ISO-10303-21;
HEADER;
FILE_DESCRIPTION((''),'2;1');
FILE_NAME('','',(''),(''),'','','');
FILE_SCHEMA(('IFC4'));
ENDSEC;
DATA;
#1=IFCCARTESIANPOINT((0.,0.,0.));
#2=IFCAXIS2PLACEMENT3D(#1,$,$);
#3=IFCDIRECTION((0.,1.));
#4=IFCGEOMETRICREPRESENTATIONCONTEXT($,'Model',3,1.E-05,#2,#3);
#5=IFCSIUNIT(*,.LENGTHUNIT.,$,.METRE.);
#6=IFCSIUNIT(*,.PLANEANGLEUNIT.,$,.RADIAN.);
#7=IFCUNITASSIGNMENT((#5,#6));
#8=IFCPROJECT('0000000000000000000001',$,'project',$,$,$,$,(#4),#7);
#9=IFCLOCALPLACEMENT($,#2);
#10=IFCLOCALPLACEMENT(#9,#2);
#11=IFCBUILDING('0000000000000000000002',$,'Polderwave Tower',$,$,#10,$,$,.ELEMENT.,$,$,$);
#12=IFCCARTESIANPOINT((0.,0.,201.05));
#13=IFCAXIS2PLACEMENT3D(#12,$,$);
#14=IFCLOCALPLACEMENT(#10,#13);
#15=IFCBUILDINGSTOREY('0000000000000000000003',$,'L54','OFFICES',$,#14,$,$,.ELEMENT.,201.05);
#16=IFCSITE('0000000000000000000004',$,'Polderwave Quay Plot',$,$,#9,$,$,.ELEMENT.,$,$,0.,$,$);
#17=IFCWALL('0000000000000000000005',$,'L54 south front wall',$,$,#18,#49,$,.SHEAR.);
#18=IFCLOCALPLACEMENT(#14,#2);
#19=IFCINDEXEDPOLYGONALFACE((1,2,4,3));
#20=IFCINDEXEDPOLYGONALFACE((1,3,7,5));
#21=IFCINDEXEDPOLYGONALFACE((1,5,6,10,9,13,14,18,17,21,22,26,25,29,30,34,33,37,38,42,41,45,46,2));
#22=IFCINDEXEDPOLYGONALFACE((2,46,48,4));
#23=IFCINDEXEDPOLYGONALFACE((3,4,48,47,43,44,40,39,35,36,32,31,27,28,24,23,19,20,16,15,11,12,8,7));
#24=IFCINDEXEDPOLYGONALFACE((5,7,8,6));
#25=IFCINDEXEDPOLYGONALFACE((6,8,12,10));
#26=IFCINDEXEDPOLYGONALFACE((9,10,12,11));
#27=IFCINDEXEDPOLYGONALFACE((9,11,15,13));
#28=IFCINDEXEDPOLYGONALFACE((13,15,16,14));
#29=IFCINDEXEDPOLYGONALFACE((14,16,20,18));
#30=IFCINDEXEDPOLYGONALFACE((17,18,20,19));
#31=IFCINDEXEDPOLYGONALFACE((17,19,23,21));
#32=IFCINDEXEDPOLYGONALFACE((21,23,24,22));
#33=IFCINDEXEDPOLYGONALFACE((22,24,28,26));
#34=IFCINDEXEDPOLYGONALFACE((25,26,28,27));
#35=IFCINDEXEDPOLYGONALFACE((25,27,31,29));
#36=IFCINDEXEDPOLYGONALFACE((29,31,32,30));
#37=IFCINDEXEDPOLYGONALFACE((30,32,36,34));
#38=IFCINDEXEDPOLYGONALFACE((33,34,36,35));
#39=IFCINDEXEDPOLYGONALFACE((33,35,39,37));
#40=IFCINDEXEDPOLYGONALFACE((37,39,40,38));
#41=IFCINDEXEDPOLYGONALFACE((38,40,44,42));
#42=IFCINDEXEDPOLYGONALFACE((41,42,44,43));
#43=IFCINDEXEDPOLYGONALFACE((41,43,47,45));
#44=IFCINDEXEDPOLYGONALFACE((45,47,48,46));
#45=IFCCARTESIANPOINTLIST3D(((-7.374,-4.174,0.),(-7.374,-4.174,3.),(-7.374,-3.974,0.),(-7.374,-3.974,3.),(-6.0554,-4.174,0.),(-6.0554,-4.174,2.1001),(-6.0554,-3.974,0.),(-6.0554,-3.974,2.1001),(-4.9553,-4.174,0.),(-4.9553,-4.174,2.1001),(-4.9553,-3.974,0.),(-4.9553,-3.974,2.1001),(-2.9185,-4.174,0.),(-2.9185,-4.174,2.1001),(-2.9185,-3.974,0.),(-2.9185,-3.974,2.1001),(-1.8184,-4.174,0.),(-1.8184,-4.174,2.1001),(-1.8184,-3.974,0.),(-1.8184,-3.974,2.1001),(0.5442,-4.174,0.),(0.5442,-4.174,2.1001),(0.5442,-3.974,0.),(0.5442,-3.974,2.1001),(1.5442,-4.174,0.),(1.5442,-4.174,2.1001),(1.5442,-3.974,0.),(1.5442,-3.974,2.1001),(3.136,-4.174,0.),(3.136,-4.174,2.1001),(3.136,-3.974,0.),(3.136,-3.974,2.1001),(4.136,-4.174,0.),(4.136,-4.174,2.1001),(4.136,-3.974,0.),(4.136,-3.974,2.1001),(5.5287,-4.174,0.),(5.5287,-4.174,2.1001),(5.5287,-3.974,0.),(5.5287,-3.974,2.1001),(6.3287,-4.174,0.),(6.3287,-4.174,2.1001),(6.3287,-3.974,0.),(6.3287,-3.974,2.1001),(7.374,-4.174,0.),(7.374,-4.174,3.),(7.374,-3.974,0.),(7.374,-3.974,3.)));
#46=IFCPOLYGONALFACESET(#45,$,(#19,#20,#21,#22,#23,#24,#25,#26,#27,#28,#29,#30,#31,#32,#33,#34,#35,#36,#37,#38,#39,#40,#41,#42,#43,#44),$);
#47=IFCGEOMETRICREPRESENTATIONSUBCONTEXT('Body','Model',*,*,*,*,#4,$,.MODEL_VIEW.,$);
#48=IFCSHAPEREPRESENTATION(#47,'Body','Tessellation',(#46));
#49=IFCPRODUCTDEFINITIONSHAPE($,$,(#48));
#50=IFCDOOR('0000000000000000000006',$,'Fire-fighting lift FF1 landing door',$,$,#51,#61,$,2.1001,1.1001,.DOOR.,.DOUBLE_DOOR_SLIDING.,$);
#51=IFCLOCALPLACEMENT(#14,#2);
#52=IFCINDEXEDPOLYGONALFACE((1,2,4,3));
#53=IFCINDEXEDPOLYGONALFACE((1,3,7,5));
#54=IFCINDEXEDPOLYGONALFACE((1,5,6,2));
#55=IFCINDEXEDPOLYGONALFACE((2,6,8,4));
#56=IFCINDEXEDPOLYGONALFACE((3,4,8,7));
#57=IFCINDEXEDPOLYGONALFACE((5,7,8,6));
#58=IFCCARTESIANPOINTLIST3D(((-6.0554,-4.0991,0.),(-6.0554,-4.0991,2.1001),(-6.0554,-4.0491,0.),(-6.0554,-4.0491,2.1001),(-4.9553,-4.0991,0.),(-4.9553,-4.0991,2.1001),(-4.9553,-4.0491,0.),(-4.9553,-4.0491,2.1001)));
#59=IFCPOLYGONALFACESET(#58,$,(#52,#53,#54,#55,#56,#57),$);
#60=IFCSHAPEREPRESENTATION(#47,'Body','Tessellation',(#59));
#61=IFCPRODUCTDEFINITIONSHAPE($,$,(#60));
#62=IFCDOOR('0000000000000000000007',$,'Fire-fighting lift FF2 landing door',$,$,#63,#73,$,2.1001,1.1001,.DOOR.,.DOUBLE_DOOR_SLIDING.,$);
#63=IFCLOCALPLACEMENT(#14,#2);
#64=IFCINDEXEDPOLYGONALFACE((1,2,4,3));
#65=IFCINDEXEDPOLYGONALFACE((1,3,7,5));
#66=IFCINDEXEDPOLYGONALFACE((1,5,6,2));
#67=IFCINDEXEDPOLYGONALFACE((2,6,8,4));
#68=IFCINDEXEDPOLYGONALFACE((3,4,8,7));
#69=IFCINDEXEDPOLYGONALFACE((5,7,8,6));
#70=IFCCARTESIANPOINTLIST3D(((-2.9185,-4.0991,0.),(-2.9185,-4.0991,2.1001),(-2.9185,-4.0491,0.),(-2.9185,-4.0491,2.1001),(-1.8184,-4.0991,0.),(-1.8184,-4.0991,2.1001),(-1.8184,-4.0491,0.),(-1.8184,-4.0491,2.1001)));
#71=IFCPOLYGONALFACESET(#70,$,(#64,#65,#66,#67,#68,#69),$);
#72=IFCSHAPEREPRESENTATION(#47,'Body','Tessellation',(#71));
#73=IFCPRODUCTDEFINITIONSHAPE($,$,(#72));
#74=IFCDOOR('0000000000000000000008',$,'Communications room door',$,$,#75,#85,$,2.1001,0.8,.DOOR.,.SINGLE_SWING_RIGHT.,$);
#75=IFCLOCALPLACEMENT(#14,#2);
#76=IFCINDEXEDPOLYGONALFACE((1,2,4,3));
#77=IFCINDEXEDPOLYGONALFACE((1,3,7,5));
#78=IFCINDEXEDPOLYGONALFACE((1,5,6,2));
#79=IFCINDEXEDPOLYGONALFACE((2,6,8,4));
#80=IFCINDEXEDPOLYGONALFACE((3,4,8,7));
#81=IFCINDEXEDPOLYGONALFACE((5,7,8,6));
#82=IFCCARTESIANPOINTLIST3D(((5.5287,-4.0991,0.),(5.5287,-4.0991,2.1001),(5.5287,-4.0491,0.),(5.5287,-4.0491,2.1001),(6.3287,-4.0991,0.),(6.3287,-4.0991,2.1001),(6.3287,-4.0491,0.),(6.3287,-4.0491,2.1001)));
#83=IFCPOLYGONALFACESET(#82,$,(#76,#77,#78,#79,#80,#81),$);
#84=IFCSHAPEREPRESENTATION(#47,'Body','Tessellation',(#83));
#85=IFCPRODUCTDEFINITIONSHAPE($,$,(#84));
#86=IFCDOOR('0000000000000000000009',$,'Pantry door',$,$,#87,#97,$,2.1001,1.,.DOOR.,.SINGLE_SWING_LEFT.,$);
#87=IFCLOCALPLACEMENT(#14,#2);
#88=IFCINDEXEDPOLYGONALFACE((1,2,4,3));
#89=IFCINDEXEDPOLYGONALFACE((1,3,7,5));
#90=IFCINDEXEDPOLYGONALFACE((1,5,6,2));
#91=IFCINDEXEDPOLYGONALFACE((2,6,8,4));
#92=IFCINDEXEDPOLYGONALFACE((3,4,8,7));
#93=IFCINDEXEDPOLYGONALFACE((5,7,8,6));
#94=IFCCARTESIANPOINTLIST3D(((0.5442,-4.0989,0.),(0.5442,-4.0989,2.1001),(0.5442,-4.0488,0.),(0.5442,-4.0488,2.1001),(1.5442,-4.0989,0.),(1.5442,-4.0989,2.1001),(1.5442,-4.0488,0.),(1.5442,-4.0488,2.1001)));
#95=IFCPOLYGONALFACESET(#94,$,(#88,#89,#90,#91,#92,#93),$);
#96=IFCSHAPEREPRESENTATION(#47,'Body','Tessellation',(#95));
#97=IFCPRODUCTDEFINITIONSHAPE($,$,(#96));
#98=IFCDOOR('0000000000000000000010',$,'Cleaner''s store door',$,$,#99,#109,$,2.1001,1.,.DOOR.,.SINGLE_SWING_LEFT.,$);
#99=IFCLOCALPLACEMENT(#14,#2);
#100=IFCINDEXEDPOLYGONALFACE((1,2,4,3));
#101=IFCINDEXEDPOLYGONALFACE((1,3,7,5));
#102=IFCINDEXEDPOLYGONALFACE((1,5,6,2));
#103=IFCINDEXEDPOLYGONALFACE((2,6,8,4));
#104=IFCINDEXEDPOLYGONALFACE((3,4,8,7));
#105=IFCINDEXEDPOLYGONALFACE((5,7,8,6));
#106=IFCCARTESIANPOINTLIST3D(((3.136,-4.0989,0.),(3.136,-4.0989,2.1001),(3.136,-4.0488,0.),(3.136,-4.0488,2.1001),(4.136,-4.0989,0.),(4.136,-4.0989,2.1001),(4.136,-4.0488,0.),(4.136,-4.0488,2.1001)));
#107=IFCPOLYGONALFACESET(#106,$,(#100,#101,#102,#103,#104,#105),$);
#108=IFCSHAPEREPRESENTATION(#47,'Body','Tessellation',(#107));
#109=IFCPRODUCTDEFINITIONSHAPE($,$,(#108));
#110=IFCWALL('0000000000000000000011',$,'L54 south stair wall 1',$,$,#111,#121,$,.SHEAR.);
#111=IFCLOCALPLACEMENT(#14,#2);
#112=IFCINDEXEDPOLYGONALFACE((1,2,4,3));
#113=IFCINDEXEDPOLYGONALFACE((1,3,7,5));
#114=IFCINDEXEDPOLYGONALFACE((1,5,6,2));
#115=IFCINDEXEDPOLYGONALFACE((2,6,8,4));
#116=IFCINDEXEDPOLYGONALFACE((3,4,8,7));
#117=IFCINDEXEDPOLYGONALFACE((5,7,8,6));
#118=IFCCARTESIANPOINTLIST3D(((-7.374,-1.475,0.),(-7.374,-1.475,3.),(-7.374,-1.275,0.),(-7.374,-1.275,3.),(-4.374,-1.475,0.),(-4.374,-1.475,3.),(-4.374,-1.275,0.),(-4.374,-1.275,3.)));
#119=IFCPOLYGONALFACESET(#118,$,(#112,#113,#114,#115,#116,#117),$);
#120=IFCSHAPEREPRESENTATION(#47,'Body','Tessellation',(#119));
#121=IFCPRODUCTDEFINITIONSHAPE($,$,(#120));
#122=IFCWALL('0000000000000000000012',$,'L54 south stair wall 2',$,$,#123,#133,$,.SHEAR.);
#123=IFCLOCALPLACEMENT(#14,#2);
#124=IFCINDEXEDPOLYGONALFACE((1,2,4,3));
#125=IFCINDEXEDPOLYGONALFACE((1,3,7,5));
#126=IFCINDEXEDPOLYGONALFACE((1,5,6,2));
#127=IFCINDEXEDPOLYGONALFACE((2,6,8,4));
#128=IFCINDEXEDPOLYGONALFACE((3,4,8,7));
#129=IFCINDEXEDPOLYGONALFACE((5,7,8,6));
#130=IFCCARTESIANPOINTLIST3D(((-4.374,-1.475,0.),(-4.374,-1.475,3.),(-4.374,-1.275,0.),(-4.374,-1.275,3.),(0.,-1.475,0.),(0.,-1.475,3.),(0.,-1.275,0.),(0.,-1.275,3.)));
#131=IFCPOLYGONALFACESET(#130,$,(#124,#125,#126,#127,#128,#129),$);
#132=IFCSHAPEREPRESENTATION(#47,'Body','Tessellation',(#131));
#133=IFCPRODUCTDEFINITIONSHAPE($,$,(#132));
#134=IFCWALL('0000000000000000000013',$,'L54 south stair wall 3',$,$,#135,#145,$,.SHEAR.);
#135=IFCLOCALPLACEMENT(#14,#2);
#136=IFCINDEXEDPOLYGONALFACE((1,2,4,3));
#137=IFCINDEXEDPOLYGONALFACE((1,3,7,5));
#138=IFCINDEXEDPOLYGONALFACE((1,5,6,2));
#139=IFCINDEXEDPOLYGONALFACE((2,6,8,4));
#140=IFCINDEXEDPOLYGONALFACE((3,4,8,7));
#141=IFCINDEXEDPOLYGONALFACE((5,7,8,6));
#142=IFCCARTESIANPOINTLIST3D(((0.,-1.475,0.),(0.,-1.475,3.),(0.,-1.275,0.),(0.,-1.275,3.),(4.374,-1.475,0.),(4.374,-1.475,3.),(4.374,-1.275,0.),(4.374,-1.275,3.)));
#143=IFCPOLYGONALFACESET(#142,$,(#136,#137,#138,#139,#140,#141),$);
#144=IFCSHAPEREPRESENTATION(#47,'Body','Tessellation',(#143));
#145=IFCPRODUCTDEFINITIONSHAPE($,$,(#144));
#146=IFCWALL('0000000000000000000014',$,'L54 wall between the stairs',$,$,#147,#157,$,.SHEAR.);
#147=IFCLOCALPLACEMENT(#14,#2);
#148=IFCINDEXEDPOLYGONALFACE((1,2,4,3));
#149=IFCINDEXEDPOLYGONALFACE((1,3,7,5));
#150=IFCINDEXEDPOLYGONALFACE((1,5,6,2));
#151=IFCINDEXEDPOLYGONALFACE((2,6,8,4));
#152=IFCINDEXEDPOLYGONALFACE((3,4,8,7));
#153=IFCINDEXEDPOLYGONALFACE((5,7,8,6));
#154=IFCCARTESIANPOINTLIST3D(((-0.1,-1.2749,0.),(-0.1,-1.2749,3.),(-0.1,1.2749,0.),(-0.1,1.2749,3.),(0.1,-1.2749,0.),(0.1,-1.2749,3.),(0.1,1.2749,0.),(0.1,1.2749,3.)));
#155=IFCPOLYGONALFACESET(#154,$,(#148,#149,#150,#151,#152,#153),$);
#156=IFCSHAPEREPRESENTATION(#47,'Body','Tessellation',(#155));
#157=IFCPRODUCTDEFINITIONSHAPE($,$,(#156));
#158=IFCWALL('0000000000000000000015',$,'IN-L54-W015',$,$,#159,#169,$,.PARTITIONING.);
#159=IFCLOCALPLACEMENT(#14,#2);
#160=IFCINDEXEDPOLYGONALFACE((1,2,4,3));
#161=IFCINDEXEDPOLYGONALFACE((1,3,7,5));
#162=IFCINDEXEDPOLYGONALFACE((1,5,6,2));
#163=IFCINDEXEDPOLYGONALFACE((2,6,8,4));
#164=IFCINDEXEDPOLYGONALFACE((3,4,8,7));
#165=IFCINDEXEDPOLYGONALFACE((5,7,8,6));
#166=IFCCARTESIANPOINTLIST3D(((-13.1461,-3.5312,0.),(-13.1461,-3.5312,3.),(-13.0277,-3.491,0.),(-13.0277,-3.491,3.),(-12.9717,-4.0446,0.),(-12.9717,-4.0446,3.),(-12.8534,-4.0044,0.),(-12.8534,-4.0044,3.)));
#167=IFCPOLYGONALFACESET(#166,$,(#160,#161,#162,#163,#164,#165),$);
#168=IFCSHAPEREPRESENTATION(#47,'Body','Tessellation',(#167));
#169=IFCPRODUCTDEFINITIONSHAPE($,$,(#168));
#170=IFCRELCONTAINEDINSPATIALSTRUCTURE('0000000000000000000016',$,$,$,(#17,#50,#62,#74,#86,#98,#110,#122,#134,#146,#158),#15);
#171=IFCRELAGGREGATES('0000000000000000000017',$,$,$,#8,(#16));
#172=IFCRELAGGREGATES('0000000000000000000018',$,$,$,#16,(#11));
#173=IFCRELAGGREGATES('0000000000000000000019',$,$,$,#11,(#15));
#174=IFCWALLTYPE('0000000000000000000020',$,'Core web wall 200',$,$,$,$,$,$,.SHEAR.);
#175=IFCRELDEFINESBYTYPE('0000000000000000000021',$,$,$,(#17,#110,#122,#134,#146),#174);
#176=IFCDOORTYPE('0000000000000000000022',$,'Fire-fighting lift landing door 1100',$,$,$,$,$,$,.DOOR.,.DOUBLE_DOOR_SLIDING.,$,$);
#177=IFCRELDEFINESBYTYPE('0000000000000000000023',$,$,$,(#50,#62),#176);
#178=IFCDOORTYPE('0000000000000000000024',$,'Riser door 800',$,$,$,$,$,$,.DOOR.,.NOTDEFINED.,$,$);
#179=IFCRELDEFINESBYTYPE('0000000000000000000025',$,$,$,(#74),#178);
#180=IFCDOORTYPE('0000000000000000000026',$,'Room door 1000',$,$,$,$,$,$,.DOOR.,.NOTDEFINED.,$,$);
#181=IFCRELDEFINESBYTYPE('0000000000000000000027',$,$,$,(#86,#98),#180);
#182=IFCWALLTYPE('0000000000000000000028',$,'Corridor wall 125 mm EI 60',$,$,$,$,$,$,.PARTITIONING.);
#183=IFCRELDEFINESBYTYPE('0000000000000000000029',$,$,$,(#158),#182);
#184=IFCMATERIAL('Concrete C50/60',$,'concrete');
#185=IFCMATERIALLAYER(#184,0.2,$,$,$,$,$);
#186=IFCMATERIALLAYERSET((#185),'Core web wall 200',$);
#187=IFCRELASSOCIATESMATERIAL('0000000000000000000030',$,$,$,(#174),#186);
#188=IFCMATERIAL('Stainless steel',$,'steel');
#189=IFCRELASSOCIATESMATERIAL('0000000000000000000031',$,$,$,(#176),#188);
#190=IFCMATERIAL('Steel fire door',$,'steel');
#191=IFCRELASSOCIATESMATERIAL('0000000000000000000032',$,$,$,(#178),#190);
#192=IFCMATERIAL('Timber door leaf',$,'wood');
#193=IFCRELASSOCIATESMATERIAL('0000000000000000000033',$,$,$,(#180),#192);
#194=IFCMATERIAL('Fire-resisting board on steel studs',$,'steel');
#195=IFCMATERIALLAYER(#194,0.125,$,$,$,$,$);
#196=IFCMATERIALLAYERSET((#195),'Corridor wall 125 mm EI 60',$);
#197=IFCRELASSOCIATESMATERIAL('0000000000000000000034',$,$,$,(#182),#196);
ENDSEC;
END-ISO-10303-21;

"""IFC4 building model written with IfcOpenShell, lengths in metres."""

from ifc_helpers import new_model, si_unit, direction, frame, frame_2d, origin, place, context, subcontext, project, spatial, rectangle, extrude, material, layer, layer_set, type_object, element, fill, save


model = new_model("IFC4")

# Units and contexts
model_context = context("Model", 3, precision=1e-05, world=origin(), true_north=direction((0.0, 1.0)))
body_context = subcontext(model_context, "Body", "Model", "MODEL_VIEW")
ifc_project = project(units=[si_unit("LENGTHUNIT", "METRE"), si_unit("PLANEANGLEUNIT", "RADIAN")], contexts=[model_context])

# Site, building, storey
site_placement = place(None, origin())
site = spatial("IfcSite", under=ifc_project, at=site_placement, Name="Polderwave Quay Plot", CompositionType="ELEMENT", RefElevation=0.0)
building_placement = place(site_placement, origin())
building = spatial("IfcBuilding", under=site, at=building_placement, Name="Polderwave Tower", CompositionType="ELEMENT")
storey_placement = place(building_placement, frame((0.0, 0.0, 201.05)))
storey = spatial("IfcBuildingStorey", under=building, at=storey_placement, Name="L54", Description="OFFICES", CompositionType="ELEMENT", Elevation=201.05)

# Shared definitions
ifc_material_1 = material(Name="Steel fire door", Category="steel")

# Wall, openings, doors
ifc_material_2 = material(Name="Concrete C50/60", Category="concrete")
ifc_layer_1 = layer(ifc_material_2, 0.2)
ifc_layer_set_1 = layer_set([ifc_layer_1], Name="Core web wall 200")
wall_type_1 = type_object("IfcWallType", Name="Core web wall 200", PredefinedType="SHEAR", material=ifc_layer_set_1)
wall_1_placement = place(storey_placement, frame((-7.374, -4.074, 0.0), z_axis=(0.0, 0.0, 1.0), x_axis=(1.0, 0.0, 0.0)))
wall_1 = element("IfcWall", 1, at=wall_1_placement, inside=storey, type_object=wall_type_1, Name="L54 south front wall", PredefinedType="SHEAR", context=body_context, shape_type="SweptSolid", body=[
    extrude(rectangle(XDim=14.748, YDim=0.2, at=frame_2d((7.374, 0.0))), origin(), (0.0, 0.0, 1.0), 3.0),
])
opening_1_placement = place(wall_1_placement, frame((1.3186, 0.0, 0.0)))
opening_1 = element("IfcOpeningElement", 2, at=opening_1_placement, cuts=wall_1, PredefinedType="OPENING", context=body_context, shape_type="SweptSolid", body=[
    extrude(rectangle(XDim=1.1001, YDim=2.1001, at=frame_2d((0.55, 1.05))), frame((0.0, 0.1099, 0.0), z_axis=(0.0, -1.0, 0.0), x_axis=(1.0, 0.0, 0.0)), (0.0, 0.0, 1.0), 0.22),
])
opening_2_placement = place(wall_1_placement, frame((4.4556, 0.0, 0.0)))
opening_2 = element("IfcOpeningElement", 3, at=opening_2_placement, cuts=wall_1, PredefinedType="OPENING", context=body_context, shape_type="SweptSolid", body=[
    extrude(rectangle(XDim=1.1001, YDim=2.1001, at=frame_2d((0.55, 1.05))), frame((0.0, 0.1099, 0.0), z_axis=(0.0, -1.0, 0.0), x_axis=(1.0, 0.0, 0.0)), (0.0, 0.0, 1.0), 0.22),
])
opening_3_placement = place(wall_1_placement, frame((7.9182, 0.0, 0.0)))
opening_3 = element("IfcOpeningElement", 4, at=opening_3_placement, cuts=wall_1, PredefinedType="OPENING", context=body_context, shape_type="SweptSolid", body=[
    extrude(rectangle(XDim=1.0, YDim=2.1001, at=frame_2d((0.5, 1.05))), frame((0.0, 0.1099, 0.0), z_axis=(0.0, -1.0, 0.0), x_axis=(1.0, 0.0, 0.0)), (0.0, 0.0, 1.0), 0.22),
])
opening_4_placement = place(wall_1_placement, frame((10.51, 0.0, 0.0)))
opening_4 = element("IfcOpeningElement", 5, at=opening_4_placement, cuts=wall_1, PredefinedType="OPENING", context=body_context, shape_type="SweptSolid", body=[
    extrude(rectangle(XDim=1.0, YDim=2.1001, at=frame_2d((0.5, 1.05))), frame((0.0, 0.1099, 0.0), z_axis=(0.0, -1.0, 0.0), x_axis=(1.0, 0.0, 0.0)), (0.0, 0.0, 1.0), 0.22),
])
opening_5_placement = place(wall_1_placement, frame((12.9028, 0.0, 0.0)))
opening_5 = element("IfcOpeningElement", 6, at=opening_5_placement, cuts=wall_1, PredefinedType="OPENING", context=body_context, shape_type="SweptSolid", body=[
    extrude(rectangle(XDim=0.8, YDim=2.1001, at=frame_2d((0.3999, 1.05))), frame((0.0, 0.1099, 0.0), z_axis=(0.0, -1.0, 0.0), x_axis=(1.0, 0.0, 0.0)), (0.0, 0.0, 1.0), 0.22),
])
ifc_material_3 = material(Name="Stainless steel", Category="steel")
door_type_1 = type_object("IfcDoorType", Name="Fire-fighting lift landing door 1100", OperationType="DOUBLE_DOOR_SLIDING", PredefinedType="DOOR", material=ifc_material_3)
door_1_placement = place(opening_1_placement, origin())
door_1 = element("IfcDoor", 7, at=door_1_placement, inside=storey, type_object=door_type_1, Name="Fire-fighting lift FF1 landing door", OperationType="DOUBLE_DOOR_SLIDING", OverallHeight=2.1001, OverallWidth=1.1001, PredefinedType="DOOR", context=body_context, shape_type="SweptSolid", body=[
    extrude(rectangle(XDim=1.1001, YDim=2.1001, at=frame_2d((0.55, 1.05))), frame((0.0, 0.0249, 0.0), z_axis=(0.0, -1.0, 0.0), x_axis=(1.0, 0.0, 0.0)), (0.0, 0.0, 1.0), 0.05),
])
fill(opening_1, door_1)
door_2_placement = place(opening_2_placement, origin())
door_2 = element("IfcDoor", 8, at=door_2_placement, inside=storey, type_object=door_type_1, Name="Fire-fighting lift FF2 landing door", OperationType="DOUBLE_DOOR_SLIDING", OverallHeight=2.1001, OverallWidth=1.1001, PredefinedType="DOOR", context=body_context, shape_type="SweptSolid", body=[
    extrude(rectangle(XDim=1.1001, YDim=2.1001, at=frame_2d((0.55, 1.05))), frame((0.0, 0.0249, 0.0), z_axis=(0.0, -1.0, 0.0), x_axis=(1.0, 0.0, 0.0)), (0.0, 0.0, 1.0), 0.05),
])
fill(opening_2, door_2)
door_type_2 = type_object("IfcDoorType", Name="Riser door 800", OperationType="NOTDEFINED", PredefinedType="DOOR", material=ifc_material_1)
door_3_placement = place(opening_5_placement, origin())
door_3 = element("IfcDoor", 9, at=door_3_placement, inside=storey, type_object=door_type_2, Name="Communications room door", OperationType="SINGLE_SWING_RIGHT", OverallHeight=2.1001, OverallWidth=0.8, PredefinedType="DOOR", context=body_context, shape_type="SweptSolid", body=[
    extrude(rectangle(XDim=0.8, YDim=2.1001, at=frame_2d((0.3999, 1.05))), frame((0.0, 0.0249, 0.0), z_axis=(0.0, -1.0, 0.0), x_axis=(1.0, 0.0, 0.0)), (0.0, 0.0, 1.0), 0.05),
])
fill(opening_5, door_3)
ifc_material_4 = material(Name="Timber door leaf", Category="wood")
door_type_3 = type_object("IfcDoorType", Name="Room door 1000", OperationType="NOTDEFINED", PredefinedType="DOOR", material=ifc_material_4)
door_4_placement = place(opening_3_placement, frame((1.0, 0.0, 0.0), z_axis=(0.0, 0.0, 1.0), x_axis=(-1.0, 0.0, 0.0)))
door_4 = element("IfcDoor", 10, at=door_4_placement, inside=storey, type_object=door_type_3, Name="Pantry door", OperationType="SINGLE_SWING_LEFT", OverallHeight=2.1001, OverallWidth=1.0, PredefinedType="DOOR", context=body_context, shape_type="SweptSolid", body=[
    extrude(rectangle(XDim=1.0, YDim=2.1001, at=frame_2d((0.5, 1.05))), frame((0.0, 0.0249, 0.0), z_axis=(0.0, -1.0, 0.0), x_axis=(1.0, 0.0, 0.0)), (0.0, 0.0, 1.0), 0.05),
])
fill(opening_3, door_4)
door_5_placement = place(opening_4_placement, frame((1.0, 0.0, 0.0), z_axis=(0.0, 0.0, 1.0), x_axis=(-1.0, 0.0, 0.0)))
door_5 = element("IfcDoor", 11, at=door_5_placement, inside=storey, type_object=door_type_3, Name="Cleaner's store door", OperationType="SINGLE_SWING_LEFT", OverallHeight=2.1001, OverallWidth=1.0, PredefinedType="DOOR", context=body_context, shape_type="SweptSolid", body=[
    extrude(rectangle(XDim=1.0, YDim=2.1001, at=frame_2d((0.5, 1.05))), frame((0.0, 0.0249, 0.0), z_axis=(0.0, -1.0, 0.0), x_axis=(1.0, 0.0, 0.0)), (0.0, 0.0, 1.0), 0.05),
])
fill(opening_4, door_5)

# Walls
wall_2_placement = place(storey_placement, frame((-7.374, -1.375, 0.0), z_axis=(0.0, 0.0, 1.0), x_axis=(1.0, 0.0, 0.0)))
element("IfcWall", 12, at=wall_2_placement, inside=storey, type_object=wall_type_1, Name="L54 south stair wall 1", PredefinedType="SHEAR", context=body_context, shape_type="SweptSolid", body=[
    extrude(rectangle(XDim=3.0, YDim=0.2, at=frame_2d((1.5, 0.0))), origin(), (0.0, 0.0, 1.0), 3.0),
])
for number, where, z_axis, x_axis, name in (
    (13, (-4.374, -1.375, 0.0), (0.0, 0.0, 1.0), (1.0, 0.0, 0.0), "L54 south stair wall 2"),
    (14, (0.0, -1.375, 0.0), (0.0, 0.0, 1.0), (1.0, 0.0, 0.0), "L54 south stair wall 3"),
):
    element("IfcWall", number, at=place(storey_placement, frame(where, z_axis=z_axis, x_axis=x_axis)), inside=storey, type_object=wall_type_1, Name=name, PredefinedType="SHEAR", context=body_context, shape_type="SweptSolid", body=[
        extrude(rectangle(XDim=4.374, YDim=0.2, at=frame_2d((2.187, 0.0))), origin(), (0.0, 0.0, 1.0), 3.0),
    ])
wall_3_placement = place(storey_placement, frame((0.0, -1.2749, 0.0), z_axis=(0.0, 0.0, 1.0), x_axis=(0.0, 1.0, 0.0)))
element("IfcWall", 15, at=wall_3_placement, inside=storey, type_object=wall_type_1, Name="L54 wall between the stairs", PredefinedType="SHEAR", context=body_context, shape_type="SweptSolid", body=[
    extrude(rectangle(XDim=2.5498, YDim=0.2, at=frame_2d((1.2749, 0.0))), origin(), (0.0, 0.0, 1.0), 3.0),
])
ifc_material_5 = material(Name="Fire-resisting board on steel studs", Category="steel")
ifc_layer_2 = layer(ifc_material_5, 0.125)
ifc_layer_set_2 = layer_set([ifc_layer_2], Name="Corridor wall 125 mm EI 60")
wall_type_2 = type_object("IfcWallType", Name="Corridor wall 125 mm EI 60", PredefinedType="PARTITIONING", material=ifc_layer_set_2)
wall_4_placement = place(storey_placement, frame((-12.9126, -4.0244, 0.0), z_axis=(0.0, 0.0, 1.0), x_axis=(-0.321491, 0.946913, 0.0)))
element("IfcWall", 16, at=wall_4_placement, inside=storey, type_object=wall_type_2, Name="IN-L54-W015", PredefinedType="PARTITIONING", context=body_context, shape_type="SweptSolid", body=[
    extrude(rectangle(XDim=0.5422, YDim=0.125, at=frame_2d((0.271, 0.0))), origin(), (0.0, 0.0, 1.0), 3.0),
])

save(model, "model.ifc")
